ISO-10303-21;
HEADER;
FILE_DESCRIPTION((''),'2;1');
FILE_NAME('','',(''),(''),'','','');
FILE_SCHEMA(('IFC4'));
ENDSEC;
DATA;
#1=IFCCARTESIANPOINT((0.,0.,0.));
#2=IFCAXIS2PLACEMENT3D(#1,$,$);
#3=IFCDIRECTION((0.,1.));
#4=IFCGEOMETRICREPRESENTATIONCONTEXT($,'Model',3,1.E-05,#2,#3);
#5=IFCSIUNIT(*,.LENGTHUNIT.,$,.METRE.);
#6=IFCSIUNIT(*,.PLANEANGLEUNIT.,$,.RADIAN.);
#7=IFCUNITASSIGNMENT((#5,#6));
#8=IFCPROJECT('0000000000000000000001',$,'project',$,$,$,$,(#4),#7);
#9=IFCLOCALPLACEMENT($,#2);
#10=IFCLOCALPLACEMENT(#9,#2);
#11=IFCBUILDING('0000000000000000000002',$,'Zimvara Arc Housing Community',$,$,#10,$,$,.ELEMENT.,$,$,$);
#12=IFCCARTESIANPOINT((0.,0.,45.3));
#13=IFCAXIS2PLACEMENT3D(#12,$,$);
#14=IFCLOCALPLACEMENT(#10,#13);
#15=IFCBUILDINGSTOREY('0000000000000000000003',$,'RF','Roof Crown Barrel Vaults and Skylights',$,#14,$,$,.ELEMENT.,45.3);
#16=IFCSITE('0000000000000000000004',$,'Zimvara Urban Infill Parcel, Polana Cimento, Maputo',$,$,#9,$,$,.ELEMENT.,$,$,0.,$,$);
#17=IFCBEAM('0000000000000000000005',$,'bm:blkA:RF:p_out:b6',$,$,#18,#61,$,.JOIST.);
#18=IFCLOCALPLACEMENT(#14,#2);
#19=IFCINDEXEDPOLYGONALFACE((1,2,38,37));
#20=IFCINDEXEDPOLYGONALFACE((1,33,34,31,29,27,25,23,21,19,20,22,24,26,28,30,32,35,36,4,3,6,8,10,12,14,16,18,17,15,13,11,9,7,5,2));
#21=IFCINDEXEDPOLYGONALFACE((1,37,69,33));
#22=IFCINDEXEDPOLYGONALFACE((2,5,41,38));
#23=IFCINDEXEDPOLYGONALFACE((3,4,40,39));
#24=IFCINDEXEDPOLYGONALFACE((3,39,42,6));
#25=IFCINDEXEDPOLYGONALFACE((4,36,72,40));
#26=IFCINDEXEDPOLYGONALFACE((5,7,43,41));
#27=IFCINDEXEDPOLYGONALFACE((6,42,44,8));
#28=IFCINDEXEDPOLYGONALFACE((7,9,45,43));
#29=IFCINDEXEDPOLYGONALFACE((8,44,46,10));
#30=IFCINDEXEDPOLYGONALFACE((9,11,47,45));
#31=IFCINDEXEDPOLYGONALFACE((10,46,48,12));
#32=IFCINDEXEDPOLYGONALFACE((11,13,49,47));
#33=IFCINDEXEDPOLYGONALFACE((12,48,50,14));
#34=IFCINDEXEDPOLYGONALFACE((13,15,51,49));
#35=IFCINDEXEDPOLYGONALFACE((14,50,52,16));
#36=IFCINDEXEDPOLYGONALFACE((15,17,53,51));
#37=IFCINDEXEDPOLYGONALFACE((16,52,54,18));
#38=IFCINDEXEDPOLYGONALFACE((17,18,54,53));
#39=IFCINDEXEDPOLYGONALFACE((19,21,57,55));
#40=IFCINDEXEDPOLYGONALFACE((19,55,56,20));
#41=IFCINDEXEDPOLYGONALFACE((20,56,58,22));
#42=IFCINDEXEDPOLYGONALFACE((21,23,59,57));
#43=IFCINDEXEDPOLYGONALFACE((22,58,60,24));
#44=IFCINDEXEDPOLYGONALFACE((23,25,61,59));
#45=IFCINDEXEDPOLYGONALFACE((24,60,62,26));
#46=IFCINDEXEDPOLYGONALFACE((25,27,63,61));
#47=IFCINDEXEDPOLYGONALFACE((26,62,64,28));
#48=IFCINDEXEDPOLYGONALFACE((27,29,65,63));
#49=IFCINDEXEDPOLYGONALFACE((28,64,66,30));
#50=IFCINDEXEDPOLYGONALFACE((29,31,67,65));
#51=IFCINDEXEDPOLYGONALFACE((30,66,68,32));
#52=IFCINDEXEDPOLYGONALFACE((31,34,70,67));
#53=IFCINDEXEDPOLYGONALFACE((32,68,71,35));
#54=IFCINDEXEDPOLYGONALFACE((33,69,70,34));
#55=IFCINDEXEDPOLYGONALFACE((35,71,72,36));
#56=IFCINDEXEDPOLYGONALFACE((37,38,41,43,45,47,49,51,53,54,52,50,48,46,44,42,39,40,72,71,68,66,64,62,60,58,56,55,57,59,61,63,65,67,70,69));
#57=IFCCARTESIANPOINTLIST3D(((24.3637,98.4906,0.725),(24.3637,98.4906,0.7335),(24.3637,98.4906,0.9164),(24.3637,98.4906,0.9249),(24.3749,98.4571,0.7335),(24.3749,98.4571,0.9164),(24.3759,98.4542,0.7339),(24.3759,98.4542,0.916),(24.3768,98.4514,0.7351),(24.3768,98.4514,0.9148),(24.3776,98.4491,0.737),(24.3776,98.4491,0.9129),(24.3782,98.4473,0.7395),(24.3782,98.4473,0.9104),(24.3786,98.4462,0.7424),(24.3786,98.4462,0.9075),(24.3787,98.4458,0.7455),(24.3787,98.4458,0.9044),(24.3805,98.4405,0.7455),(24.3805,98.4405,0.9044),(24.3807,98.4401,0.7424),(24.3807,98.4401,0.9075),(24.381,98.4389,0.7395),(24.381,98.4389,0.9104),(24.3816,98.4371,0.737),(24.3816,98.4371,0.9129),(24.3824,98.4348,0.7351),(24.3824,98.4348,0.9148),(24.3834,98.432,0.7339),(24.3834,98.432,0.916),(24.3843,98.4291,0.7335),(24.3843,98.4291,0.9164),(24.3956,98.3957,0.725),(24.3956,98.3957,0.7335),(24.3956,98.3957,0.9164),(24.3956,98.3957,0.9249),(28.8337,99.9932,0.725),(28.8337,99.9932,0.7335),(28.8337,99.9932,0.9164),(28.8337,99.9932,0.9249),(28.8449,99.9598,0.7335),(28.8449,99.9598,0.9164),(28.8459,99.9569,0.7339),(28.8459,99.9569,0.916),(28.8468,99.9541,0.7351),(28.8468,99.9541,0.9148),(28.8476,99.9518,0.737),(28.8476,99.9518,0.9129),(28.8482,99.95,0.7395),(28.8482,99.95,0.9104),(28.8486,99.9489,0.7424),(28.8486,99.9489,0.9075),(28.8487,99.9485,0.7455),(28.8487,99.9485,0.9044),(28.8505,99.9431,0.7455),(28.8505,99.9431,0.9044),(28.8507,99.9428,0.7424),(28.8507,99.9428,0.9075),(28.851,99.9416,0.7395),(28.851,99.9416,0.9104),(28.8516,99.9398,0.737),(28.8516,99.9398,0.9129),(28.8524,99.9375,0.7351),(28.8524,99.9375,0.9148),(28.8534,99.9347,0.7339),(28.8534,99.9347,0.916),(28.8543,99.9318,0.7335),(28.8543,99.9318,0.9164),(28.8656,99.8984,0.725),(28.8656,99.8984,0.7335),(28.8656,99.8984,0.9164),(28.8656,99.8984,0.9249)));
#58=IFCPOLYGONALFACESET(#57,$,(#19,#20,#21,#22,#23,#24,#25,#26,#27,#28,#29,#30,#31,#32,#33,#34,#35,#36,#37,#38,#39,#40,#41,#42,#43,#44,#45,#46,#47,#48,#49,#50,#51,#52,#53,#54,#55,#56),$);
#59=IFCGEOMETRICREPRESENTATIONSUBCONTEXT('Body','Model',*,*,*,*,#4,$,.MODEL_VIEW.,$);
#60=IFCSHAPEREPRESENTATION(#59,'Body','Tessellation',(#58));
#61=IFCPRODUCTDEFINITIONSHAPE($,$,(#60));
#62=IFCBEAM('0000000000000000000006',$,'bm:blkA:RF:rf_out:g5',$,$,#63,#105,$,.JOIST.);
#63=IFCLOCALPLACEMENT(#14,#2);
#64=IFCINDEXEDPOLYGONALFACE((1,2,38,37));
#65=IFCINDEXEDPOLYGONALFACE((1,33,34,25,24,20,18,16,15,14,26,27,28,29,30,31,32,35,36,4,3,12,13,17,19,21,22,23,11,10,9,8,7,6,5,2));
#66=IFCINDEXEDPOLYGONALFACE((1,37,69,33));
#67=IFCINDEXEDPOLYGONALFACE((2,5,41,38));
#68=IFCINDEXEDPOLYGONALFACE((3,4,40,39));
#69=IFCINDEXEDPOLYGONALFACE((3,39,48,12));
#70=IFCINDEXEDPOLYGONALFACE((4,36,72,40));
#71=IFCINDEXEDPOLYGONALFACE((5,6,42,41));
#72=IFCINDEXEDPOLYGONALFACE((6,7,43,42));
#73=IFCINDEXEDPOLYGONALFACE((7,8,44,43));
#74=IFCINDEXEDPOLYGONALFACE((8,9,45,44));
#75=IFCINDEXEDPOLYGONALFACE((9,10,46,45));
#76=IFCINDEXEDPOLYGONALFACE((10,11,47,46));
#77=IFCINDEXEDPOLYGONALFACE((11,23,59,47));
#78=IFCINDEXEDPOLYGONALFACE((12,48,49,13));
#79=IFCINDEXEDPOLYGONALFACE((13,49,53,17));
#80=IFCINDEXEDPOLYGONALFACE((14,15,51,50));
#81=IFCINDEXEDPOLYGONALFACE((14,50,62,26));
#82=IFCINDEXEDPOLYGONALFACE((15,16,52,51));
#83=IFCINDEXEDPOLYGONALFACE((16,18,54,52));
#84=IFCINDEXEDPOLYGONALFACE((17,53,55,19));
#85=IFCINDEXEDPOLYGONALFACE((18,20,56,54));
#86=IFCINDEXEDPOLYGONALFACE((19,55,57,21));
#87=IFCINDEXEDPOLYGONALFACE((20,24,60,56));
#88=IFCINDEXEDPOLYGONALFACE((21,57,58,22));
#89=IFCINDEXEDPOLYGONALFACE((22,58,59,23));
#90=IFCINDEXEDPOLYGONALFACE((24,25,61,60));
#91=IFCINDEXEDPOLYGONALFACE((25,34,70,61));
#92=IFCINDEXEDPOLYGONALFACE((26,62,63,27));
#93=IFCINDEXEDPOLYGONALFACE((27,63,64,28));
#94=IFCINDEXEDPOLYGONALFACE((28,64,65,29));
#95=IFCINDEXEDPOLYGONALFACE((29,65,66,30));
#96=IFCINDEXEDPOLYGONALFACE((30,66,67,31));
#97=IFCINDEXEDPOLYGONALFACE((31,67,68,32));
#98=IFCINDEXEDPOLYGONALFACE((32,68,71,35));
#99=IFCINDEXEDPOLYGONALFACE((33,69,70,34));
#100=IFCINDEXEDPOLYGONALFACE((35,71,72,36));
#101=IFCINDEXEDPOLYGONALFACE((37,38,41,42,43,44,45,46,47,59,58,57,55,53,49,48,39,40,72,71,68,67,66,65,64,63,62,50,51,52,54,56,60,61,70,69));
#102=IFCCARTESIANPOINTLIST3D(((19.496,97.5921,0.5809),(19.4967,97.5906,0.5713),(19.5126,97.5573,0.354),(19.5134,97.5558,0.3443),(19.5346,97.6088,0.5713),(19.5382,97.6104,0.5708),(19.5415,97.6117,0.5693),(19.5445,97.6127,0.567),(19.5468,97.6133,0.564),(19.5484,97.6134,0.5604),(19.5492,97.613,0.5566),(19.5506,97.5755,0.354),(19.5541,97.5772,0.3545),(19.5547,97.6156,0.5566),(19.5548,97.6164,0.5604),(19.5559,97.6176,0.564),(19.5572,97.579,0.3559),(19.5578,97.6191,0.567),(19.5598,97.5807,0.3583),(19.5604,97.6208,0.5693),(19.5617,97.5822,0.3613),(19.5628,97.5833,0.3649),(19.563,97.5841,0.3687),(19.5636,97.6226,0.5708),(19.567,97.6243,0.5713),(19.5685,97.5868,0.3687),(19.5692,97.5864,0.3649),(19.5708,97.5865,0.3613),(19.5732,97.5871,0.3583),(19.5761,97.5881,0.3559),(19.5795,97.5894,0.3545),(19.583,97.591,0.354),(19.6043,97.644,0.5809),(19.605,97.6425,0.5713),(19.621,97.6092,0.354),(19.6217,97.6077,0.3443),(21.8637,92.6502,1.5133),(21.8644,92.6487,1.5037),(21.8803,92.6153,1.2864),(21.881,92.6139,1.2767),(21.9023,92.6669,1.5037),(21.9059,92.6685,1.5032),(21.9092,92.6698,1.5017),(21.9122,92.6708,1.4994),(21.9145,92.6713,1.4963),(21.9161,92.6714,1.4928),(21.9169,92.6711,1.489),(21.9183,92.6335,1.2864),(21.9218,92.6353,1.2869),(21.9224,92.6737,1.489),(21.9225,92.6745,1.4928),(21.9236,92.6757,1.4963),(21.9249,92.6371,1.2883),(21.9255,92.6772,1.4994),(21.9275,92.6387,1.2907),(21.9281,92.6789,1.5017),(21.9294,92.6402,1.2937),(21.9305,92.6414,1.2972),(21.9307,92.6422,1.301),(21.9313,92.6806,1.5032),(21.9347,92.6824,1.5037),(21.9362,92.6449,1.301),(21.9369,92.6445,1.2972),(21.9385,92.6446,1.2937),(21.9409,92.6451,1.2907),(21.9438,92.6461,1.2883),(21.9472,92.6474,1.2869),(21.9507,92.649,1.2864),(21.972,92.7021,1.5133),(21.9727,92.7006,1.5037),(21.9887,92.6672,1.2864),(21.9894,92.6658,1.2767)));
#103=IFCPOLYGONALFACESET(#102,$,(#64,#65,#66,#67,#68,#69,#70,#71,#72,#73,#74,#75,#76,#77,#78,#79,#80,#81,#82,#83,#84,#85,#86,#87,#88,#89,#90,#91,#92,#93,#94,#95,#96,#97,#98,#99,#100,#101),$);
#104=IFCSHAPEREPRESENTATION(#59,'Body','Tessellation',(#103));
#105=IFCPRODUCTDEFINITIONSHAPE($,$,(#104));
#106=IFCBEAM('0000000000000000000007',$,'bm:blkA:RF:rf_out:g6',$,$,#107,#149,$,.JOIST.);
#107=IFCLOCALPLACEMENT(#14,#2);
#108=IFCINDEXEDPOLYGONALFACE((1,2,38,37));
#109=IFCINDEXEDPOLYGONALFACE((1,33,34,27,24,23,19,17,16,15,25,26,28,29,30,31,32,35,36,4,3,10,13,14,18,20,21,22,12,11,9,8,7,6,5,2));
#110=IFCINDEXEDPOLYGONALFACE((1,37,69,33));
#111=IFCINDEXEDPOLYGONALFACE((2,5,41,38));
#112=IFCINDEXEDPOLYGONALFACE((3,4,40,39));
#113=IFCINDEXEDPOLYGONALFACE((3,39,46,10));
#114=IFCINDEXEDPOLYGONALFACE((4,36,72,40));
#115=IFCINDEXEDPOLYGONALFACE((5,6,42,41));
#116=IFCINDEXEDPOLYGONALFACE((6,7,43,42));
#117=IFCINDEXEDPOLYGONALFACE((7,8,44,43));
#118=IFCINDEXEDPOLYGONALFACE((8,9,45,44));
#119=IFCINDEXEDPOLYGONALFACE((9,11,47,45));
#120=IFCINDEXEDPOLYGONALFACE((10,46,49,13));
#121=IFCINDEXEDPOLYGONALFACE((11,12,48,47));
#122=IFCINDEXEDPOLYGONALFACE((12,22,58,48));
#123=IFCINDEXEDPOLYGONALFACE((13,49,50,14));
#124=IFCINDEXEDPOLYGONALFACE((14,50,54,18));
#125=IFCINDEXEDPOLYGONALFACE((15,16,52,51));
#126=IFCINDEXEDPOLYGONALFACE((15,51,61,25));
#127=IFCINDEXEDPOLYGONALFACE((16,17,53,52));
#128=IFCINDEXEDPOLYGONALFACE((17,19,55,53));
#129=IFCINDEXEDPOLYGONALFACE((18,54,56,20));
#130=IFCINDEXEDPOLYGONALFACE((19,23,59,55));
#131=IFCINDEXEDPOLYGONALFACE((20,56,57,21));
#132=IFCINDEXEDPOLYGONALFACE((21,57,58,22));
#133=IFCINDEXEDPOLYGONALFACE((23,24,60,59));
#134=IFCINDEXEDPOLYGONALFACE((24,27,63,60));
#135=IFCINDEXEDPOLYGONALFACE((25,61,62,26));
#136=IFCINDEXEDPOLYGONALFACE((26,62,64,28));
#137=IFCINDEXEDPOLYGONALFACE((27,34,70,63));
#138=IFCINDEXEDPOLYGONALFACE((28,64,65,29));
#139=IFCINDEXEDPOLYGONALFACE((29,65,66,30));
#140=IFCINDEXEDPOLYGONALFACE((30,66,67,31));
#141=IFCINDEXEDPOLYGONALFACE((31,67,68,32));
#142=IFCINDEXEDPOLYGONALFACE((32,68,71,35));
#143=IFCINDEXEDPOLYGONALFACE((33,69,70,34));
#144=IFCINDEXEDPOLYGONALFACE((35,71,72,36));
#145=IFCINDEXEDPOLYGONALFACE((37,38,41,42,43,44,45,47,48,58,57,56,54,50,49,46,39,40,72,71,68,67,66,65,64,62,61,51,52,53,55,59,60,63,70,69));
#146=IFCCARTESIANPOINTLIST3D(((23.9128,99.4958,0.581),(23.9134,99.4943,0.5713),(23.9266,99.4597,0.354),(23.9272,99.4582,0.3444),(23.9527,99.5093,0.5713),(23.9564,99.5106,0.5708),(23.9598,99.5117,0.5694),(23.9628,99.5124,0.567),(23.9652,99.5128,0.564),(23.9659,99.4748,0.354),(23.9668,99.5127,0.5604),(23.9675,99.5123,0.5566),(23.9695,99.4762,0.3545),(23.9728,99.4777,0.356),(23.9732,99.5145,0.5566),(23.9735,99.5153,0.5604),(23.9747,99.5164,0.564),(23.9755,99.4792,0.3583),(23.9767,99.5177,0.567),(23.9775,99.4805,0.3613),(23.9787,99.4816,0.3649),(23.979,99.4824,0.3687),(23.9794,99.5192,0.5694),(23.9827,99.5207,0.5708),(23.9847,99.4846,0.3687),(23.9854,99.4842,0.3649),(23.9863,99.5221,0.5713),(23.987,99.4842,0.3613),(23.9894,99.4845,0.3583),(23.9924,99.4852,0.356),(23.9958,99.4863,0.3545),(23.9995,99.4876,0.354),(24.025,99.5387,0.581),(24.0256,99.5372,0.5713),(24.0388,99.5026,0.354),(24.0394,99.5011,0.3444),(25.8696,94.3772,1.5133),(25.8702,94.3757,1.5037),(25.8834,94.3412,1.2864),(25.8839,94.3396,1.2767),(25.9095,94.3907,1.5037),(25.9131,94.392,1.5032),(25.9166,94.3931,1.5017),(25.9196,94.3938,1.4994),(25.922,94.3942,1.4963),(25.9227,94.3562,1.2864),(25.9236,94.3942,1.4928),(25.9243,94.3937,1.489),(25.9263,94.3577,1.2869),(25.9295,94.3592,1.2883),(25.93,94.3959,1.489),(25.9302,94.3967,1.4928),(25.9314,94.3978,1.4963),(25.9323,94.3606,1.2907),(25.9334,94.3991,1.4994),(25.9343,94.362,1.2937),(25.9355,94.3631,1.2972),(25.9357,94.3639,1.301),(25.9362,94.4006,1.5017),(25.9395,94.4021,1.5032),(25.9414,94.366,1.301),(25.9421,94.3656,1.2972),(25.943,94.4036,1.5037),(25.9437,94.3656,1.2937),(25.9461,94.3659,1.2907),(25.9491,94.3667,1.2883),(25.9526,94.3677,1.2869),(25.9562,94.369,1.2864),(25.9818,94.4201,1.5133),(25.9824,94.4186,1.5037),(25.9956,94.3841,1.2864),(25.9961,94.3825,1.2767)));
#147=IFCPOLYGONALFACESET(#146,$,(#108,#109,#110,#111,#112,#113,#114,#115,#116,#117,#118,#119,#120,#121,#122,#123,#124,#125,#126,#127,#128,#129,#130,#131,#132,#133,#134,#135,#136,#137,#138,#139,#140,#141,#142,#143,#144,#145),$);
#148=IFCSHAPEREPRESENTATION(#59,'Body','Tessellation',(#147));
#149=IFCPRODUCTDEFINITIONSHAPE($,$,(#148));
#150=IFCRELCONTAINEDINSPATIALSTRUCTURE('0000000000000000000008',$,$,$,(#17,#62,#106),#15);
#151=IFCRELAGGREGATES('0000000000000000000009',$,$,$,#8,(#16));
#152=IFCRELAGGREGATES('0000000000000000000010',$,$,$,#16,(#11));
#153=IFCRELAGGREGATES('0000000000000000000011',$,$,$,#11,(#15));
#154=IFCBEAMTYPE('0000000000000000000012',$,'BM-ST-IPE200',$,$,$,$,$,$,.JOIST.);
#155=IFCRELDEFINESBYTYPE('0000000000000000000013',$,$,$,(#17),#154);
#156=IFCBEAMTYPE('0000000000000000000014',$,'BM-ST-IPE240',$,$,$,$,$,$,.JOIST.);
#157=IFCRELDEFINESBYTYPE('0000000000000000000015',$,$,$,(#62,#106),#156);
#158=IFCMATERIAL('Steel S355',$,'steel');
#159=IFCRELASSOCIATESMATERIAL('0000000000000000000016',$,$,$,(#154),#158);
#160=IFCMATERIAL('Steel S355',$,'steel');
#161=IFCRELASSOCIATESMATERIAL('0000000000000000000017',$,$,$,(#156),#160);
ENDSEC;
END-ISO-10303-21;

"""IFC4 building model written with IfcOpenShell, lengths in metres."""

from ifc_helpers import new_model, si_unit, direction, frame, origin, origin_2d, place, context, subcontext, project, spatial, i_section, extrude, material, material_profile, profile_set, type_object, element, save


model = new_model("IFC4")

# Units and contexts
model_context = context("Model", 3, precision=1e-05, world=origin(), true_north=direction((0.0, 1.0)))
body_context = subcontext(model_context, "Body", "Model", "MODEL_VIEW")
ifc_project = project(units=[si_unit("LENGTHUNIT", "METRE"), si_unit("PLANEANGLEUNIT", "RADIAN")], contexts=[model_context])

# Site, building, storey
site_placement = place(None, origin())
site = spatial("IfcSite", under=ifc_project, at=site_placement, Name="Zimvara Urban Infill Parcel, Polana Cimento, Maputo", CompositionType="ELEMENT", RefElevation=0.0)
building_placement = place(site_placement, origin())
building = spatial("IfcBuilding", under=site, at=building_placement, Name="Zimvara Arc Housing Community", CompositionType="ELEMENT")
storey_placement = place(building_placement, frame((0.0, 0.0, 45.3)))
storey = spatial("IfcBuildingStorey", under=building, at=storey_placement, Name="RF", Description="Roof Crown Barrel Vaults and Skylights", CompositionType="ELEMENT", Elevation=45.3)

# Beams
ifc_material_1 = material(Name="Steel S355", Category="steel")
ifc_material_profile_1 = material_profile(ifc_material_1, i_section(OverallWidth=0.1001, OverallDepth=0.2, WebThickness=0.0056, FlangeThickness=0.0085, FilletRadius=0.012, at=origin_2d()), Name="IPE 200")
ifc_profile_set_1 = profile_set([ifc_material_profile_1], Name="Steel S355")
beam_type_1 = type_object("IfcBeamType", Name="BM-ST-IPE200", PredefinedType="JOIST", material=ifc_profile_set_1)
beam_1_placement = place(storey_placement, frame((24.3796, 98.4431, 0.825), z_axis=(0.947873, 0.31865, 0.0), x_axis=(-0.31865, 0.947873, 0.0)))
element("IfcBeam", 1, at=beam_1_placement, inside=storey, type_object=beam_type_1, Name="bm:blkA:RF:p_out:b6", PredefinedType="JOIST", context=body_context, shape_type="SweptSolid", body=[
    extrude(i_section(OverallWidth=0.1001, OverallDepth=0.2, WebThickness=0.0056, FlangeThickness=0.0085, FilletRadius=0.012, at=origin_2d()), origin(), (0.0, 0.0, 1.0), 4.7158),
])
ifc_material_2 = material(Name="Steel S355", Category="steel")
ifc_material_profile_2 = material_profile(ifc_material_2, i_section(OverallWidth=0.1201, OverallDepth=0.24, WebThickness=0.0061, FlangeThickness=0.0098, FilletRadius=0.0149, at=origin_2d()), Name="IPE 240")
ifc_profile_set_2 = profile_set([ifc_material_profile_2], Name="Steel S355")
beam_type_2 = type_object("IfcBeamType", Name="BM-ST-IPE240", PredefinedType="JOIST", material=ifc_profile_set_2)
for number, where, z_axis, x_axis, name in (
    (2, (21.9265, 92.658, 1.395), (-0.425952, 0.889061, -0.167737), (-0.901838, -0.432073, 0.0), "bm:blkA:RF:rf_out:g5"),
    (3, (25.9329, 94.3799, 1.395), (-0.352024, 0.920839, -0.167733), (-0.934073, -0.357083, 0.0), "bm:blkA:RF:rf_out:g6"),
):
    element("IfcBeam", number, at=place(storey_placement, frame(where, z_axis=z_axis, x_axis=x_axis)), inside=storey, type_object=beam_type_2, Name=name, PredefinedType="JOIST", context=body_context, shape_type="SweptSolid", body=[
        extrude(i_section(OverallWidth=0.1201, OverallDepth=0.24, WebThickness=0.0061, FlangeThickness=0.0098, FilletRadius=0.0149, at=origin_2d()), origin(), (0.0, 0.0, 1.0), 5.5586),
    ])

save(model, "model.ifc")
